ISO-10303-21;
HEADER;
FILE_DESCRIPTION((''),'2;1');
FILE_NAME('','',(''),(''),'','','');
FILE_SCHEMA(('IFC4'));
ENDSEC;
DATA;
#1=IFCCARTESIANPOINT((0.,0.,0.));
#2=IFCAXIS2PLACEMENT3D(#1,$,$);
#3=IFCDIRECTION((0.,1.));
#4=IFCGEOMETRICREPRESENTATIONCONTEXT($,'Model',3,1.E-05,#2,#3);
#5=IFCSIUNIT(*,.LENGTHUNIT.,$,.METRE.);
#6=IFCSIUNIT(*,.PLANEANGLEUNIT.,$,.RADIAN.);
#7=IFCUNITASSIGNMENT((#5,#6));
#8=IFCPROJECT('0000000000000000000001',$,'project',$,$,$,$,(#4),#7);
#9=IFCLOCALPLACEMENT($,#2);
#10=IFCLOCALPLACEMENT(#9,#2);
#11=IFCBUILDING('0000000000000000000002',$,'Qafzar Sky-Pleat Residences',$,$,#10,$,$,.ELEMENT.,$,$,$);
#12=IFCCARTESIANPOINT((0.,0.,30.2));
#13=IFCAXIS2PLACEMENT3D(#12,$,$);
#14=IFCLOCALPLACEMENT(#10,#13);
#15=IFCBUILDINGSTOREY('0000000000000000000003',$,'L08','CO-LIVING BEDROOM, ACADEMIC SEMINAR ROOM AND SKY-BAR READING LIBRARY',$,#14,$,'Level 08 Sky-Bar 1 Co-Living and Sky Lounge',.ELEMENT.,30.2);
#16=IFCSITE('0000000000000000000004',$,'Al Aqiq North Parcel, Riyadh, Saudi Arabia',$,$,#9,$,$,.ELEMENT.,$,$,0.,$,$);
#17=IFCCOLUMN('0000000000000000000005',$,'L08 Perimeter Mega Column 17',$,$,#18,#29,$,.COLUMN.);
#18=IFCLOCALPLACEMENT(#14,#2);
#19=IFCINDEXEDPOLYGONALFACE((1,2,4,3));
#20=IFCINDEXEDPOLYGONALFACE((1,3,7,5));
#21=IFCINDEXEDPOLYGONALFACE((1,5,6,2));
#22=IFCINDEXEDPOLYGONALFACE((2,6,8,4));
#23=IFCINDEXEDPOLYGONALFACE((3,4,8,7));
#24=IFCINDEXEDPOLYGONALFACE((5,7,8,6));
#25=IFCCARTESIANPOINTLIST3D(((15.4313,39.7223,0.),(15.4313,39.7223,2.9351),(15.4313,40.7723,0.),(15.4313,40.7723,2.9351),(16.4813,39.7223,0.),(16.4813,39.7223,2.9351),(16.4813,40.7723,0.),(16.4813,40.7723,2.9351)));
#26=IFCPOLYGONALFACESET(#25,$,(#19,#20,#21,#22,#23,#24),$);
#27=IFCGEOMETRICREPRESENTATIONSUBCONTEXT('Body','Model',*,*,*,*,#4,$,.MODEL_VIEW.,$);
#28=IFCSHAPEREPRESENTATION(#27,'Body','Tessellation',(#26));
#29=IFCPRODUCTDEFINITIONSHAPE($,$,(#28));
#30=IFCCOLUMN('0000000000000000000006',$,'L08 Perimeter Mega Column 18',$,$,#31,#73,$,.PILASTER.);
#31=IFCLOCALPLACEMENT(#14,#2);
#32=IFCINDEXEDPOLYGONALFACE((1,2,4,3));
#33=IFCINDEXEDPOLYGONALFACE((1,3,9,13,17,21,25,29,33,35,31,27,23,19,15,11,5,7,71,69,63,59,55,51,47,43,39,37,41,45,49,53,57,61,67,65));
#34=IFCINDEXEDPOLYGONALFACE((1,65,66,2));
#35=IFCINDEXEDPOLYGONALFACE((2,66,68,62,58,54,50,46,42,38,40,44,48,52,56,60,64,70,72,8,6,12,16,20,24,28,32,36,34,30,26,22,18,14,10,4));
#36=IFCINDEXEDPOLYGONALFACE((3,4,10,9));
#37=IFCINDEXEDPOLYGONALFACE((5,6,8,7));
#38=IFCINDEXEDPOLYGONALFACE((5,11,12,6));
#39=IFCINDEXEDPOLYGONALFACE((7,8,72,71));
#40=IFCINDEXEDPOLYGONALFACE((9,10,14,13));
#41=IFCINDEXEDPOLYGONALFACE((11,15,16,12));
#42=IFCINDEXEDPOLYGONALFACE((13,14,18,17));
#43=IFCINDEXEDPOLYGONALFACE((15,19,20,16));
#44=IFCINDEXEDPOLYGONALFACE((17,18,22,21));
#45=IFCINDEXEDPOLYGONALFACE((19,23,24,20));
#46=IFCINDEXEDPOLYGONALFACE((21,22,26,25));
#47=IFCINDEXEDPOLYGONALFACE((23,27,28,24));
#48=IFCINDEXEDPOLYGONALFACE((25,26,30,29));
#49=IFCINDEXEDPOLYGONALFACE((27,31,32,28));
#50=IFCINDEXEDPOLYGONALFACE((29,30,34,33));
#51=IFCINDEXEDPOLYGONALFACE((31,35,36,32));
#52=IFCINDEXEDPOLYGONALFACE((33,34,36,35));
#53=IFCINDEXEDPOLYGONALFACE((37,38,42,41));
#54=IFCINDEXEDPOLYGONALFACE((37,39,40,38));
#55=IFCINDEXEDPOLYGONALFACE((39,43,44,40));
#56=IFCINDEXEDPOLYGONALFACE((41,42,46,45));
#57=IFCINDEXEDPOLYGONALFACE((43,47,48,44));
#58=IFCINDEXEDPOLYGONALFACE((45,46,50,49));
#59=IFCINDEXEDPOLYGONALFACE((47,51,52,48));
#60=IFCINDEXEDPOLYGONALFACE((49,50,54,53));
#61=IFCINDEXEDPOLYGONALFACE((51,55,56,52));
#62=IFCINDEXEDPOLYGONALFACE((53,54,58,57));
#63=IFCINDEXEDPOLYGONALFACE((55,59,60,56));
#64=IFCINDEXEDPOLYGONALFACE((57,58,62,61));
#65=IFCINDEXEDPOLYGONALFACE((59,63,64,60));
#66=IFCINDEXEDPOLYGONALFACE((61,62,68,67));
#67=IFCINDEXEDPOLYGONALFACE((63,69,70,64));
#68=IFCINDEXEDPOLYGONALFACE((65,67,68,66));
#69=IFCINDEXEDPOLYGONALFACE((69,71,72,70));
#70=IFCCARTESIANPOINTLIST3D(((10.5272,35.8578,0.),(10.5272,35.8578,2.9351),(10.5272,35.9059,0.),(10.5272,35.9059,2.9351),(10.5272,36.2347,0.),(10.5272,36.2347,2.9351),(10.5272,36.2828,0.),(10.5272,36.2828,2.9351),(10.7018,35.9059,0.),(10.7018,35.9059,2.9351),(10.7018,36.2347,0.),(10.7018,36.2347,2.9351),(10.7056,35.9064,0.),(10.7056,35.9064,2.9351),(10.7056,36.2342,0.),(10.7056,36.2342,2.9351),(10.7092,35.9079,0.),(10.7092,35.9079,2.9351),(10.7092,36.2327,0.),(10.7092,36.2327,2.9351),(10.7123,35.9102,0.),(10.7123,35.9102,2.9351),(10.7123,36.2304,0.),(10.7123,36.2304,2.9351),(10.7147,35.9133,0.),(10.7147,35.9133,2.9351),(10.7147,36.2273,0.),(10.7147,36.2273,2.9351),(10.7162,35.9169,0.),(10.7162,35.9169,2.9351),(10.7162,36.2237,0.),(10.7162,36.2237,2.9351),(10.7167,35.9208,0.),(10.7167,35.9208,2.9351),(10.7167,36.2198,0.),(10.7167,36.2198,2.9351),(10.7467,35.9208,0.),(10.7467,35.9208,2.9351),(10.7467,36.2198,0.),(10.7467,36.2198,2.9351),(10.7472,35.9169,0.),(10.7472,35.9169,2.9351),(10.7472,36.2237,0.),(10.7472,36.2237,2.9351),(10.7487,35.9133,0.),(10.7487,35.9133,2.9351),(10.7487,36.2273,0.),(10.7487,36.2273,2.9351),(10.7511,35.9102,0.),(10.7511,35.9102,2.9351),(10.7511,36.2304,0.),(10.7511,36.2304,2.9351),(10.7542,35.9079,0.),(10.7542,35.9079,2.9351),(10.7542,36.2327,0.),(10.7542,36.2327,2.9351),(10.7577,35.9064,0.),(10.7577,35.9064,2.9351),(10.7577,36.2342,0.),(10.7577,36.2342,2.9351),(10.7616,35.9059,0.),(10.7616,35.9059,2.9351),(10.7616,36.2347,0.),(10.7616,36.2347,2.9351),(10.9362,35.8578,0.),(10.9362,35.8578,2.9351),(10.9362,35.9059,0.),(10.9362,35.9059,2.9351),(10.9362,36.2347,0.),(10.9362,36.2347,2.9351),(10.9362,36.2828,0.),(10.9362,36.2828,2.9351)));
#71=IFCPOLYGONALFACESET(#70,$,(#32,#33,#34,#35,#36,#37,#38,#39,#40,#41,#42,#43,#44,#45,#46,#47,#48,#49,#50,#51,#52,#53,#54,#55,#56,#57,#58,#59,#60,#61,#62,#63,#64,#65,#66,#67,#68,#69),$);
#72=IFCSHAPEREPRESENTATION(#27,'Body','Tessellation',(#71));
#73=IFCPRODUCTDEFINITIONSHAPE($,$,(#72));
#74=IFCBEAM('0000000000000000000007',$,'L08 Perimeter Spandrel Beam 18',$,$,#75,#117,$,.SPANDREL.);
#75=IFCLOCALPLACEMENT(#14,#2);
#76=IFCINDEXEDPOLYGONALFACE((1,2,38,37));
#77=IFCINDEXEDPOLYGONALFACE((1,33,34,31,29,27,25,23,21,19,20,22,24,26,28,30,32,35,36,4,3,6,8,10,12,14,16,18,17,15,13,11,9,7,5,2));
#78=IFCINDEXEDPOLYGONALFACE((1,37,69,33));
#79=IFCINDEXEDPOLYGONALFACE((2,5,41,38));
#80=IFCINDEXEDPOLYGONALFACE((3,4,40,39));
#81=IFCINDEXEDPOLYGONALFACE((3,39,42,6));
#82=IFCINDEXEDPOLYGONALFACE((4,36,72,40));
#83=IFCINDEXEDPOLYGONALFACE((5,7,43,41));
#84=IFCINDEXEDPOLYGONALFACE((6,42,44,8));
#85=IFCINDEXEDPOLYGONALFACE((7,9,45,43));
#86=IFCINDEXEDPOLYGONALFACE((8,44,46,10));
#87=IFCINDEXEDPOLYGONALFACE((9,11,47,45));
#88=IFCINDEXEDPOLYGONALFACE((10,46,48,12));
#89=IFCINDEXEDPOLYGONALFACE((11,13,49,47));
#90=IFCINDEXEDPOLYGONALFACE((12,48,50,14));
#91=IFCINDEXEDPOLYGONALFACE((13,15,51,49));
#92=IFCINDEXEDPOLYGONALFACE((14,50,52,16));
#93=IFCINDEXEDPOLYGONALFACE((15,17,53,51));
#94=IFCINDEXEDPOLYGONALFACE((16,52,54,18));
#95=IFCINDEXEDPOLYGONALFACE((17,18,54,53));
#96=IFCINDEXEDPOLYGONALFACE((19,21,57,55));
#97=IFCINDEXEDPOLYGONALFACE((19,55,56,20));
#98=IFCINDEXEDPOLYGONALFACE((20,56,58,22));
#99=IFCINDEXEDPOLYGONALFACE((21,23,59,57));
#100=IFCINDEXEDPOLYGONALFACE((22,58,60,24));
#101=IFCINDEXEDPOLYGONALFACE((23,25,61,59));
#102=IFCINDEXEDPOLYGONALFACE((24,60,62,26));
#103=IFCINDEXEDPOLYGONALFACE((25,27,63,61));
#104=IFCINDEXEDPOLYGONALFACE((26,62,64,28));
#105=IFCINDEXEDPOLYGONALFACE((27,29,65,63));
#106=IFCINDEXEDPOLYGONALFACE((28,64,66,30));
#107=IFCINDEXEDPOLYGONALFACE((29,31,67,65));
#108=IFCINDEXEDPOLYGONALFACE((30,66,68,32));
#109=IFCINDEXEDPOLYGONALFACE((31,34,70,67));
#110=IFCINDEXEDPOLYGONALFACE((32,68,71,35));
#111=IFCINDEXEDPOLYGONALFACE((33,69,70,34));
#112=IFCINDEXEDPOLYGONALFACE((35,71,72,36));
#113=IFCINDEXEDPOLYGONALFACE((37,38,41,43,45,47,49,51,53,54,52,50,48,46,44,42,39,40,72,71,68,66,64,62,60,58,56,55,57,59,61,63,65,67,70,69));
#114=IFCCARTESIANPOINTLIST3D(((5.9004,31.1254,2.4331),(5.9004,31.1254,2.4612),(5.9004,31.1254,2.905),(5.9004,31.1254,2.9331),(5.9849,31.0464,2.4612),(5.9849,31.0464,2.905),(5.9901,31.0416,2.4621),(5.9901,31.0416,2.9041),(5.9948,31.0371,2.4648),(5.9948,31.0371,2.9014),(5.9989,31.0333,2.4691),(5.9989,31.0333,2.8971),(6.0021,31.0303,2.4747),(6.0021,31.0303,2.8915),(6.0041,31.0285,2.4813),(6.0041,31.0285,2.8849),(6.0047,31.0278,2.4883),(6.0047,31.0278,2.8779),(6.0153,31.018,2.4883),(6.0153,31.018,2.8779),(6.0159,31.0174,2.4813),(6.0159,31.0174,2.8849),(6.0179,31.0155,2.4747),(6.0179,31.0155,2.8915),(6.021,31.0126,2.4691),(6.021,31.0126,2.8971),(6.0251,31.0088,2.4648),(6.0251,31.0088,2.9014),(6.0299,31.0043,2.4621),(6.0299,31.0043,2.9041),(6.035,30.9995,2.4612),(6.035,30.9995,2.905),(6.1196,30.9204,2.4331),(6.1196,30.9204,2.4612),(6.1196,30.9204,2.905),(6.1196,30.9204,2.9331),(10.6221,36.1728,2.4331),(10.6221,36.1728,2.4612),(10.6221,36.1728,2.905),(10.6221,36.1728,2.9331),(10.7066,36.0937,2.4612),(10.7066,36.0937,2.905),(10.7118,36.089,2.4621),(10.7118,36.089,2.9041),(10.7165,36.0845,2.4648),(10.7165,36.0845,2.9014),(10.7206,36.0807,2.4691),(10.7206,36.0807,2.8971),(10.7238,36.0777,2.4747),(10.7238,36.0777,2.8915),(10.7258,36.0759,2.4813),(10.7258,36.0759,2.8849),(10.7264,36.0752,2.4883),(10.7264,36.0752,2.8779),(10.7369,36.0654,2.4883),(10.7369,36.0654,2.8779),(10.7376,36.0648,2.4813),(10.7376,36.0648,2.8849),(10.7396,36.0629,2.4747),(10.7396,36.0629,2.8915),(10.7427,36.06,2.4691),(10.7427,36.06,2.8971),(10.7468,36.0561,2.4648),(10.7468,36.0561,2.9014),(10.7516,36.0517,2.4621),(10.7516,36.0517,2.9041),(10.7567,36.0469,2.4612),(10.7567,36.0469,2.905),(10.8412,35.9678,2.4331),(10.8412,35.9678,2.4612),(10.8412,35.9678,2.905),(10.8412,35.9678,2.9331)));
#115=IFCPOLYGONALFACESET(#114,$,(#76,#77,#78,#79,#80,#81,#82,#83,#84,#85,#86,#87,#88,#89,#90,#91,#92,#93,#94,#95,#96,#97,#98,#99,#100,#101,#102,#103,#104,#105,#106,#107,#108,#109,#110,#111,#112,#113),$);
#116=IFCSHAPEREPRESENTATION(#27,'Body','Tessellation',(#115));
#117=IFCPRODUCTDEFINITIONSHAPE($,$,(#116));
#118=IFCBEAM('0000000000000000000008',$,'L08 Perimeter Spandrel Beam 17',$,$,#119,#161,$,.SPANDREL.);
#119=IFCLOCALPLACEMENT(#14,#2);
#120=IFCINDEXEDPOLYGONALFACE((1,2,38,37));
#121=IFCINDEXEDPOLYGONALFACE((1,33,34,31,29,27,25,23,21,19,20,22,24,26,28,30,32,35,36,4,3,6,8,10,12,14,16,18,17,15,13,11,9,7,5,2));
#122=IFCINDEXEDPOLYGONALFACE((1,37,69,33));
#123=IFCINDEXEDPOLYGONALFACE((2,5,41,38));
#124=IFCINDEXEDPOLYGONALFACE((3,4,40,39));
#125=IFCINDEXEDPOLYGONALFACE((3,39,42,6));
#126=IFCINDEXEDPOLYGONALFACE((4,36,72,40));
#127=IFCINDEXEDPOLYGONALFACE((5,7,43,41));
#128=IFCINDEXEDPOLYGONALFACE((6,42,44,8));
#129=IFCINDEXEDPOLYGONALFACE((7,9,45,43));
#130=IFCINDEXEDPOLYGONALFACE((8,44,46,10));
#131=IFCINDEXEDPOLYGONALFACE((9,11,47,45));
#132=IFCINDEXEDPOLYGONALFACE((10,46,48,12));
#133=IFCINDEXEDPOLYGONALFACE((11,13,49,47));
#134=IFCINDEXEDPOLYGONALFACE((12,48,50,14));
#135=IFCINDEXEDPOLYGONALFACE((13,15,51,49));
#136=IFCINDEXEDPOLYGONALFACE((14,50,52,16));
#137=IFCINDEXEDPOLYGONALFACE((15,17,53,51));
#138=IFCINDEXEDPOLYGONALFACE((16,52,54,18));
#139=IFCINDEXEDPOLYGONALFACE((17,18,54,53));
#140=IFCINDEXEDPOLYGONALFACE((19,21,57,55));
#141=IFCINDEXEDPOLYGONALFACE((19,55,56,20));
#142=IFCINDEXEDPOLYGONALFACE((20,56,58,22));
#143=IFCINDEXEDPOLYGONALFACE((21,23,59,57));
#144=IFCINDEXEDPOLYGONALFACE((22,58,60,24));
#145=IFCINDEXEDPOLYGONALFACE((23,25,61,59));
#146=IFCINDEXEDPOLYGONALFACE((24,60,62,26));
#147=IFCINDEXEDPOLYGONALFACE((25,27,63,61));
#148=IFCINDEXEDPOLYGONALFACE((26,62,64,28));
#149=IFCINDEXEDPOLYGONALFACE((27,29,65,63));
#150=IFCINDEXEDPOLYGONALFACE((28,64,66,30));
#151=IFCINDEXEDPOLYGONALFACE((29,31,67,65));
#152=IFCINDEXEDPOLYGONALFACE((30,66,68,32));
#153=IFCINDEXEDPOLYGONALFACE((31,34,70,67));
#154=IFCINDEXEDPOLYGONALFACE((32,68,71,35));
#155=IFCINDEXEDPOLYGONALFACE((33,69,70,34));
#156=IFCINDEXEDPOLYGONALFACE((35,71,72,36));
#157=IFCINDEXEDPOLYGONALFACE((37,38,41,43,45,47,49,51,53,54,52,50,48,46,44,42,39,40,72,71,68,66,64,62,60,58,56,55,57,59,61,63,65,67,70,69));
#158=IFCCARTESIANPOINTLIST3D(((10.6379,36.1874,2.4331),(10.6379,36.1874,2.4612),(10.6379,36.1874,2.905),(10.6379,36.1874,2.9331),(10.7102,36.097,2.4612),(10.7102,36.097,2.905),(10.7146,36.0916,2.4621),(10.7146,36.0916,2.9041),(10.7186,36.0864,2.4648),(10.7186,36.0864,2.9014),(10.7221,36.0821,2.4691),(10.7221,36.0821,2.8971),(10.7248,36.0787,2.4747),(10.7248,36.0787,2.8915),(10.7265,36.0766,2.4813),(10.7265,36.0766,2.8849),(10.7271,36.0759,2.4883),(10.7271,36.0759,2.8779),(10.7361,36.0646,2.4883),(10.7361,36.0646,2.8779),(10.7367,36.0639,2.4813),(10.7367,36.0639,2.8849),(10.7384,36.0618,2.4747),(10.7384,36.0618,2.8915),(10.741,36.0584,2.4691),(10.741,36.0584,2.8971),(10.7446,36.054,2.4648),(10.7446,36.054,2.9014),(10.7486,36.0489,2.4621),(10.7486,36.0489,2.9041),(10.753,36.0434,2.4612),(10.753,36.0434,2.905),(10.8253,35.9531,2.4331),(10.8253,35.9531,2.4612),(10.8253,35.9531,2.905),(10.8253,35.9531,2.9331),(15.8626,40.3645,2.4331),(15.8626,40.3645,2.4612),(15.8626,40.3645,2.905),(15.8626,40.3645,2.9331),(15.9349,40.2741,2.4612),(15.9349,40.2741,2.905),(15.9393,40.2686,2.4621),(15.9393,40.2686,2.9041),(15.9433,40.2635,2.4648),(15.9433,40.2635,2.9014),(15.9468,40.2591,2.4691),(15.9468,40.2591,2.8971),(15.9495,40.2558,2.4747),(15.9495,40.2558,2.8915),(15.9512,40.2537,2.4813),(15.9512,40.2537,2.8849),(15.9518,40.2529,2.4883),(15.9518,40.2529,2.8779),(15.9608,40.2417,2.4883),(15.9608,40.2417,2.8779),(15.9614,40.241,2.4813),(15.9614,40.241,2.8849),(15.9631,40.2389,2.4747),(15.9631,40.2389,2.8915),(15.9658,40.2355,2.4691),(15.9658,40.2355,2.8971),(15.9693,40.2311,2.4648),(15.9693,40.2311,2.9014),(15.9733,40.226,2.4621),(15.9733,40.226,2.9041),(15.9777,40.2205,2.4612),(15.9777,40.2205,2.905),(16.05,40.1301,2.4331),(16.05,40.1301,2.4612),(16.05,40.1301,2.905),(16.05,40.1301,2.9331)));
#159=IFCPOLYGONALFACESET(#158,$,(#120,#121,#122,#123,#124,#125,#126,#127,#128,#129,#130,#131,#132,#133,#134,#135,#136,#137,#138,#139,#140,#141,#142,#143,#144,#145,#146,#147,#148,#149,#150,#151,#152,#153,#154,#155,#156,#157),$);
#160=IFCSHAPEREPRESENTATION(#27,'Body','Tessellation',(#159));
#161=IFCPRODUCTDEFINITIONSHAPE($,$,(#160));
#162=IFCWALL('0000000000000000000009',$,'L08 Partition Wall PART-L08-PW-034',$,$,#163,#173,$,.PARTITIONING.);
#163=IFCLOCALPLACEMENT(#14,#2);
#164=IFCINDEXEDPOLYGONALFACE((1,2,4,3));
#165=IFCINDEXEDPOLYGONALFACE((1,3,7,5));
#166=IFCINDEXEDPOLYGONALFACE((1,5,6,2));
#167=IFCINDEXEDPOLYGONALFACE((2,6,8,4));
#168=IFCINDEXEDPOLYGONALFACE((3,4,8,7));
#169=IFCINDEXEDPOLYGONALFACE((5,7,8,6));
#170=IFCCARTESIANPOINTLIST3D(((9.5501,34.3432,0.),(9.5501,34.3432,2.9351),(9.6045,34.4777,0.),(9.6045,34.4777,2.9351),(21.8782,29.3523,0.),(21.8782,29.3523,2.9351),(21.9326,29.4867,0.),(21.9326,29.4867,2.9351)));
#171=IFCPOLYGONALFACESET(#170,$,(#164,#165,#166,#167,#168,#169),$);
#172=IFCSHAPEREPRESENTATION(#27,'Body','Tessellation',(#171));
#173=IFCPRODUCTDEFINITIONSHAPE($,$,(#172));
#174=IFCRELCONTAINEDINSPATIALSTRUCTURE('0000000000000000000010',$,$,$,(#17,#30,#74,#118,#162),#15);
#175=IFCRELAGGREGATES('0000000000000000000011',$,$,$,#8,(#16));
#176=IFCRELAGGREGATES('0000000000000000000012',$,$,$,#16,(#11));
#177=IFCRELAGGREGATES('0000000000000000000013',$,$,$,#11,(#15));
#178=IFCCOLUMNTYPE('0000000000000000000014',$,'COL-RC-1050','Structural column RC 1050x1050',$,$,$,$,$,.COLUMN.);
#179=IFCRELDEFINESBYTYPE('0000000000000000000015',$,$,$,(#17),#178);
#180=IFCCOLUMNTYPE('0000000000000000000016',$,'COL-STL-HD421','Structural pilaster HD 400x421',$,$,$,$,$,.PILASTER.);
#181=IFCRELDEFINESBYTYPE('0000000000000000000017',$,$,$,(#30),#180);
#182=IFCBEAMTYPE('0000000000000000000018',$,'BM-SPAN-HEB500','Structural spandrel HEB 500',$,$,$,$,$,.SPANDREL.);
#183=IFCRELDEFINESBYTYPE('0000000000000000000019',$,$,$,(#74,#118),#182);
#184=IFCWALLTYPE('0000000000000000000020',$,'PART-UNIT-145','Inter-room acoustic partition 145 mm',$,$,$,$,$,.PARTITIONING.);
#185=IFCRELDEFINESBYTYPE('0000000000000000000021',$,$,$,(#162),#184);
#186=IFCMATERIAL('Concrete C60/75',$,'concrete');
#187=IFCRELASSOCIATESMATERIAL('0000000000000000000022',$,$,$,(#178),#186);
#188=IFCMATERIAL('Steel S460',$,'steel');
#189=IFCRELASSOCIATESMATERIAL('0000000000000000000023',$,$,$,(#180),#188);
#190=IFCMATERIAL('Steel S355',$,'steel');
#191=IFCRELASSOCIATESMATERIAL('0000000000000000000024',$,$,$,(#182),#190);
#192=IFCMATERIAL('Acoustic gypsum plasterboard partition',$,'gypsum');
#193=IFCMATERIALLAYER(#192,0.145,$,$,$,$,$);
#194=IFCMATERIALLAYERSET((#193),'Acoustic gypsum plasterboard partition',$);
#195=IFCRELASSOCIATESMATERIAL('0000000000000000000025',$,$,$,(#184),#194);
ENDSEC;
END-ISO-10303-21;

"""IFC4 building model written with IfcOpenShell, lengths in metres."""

from ifc_helpers import new_model, si_unit, direction, frame, frame_2d, origin, origin_2d, place, context, subcontext, project, spatial, rectangle, i_section, extrude, source, transform, mapped, material, layer, layer_set, material_profile, profile_set, type_object, element, save


model = new_model("IFC4")

# Units and contexts
model_context = context("Model", 3, precision=1e-05, world=origin(), true_north=direction((0.0, 1.0)))
body_context = subcontext(model_context, "Body", "Model", "MODEL_VIEW")
ifc_project = project(units=[si_unit("LENGTHUNIT", "METRE"), si_unit("PLANEANGLEUNIT", "RADIAN")], contexts=[model_context])

# Site, building, storey
site_placement = place(None, origin())
site = spatial("IfcSite", under=ifc_project, at=site_placement, Name="Al Aqiq North Parcel, Riyadh, Saudi Arabia", CompositionType="ELEMENT", RefElevation=0.0)
building_placement = place(site_placement, origin())
building = spatial("IfcBuilding", under=site, at=building_placement, Name="Qafzar Sky-Pleat Residences", CompositionType="ELEMENT")
storey_placement = place(building_placement, frame((0.0, 0.0, 30.2)))
storey = spatial("IfcBuildingStorey", under=building, at=storey_placement, Name="L08", Description="CO-LIVING BEDROOM, ACADEMIC SEMINAR ROOM AND SKY-BAR READING LIBRARY", LongName="Level 08 Sky-Bar 1 Co-Living and Sky Lounge", CompositionType="ELEMENT", Elevation=30.2)

# Columns
ifc_material_1 = material(Name="Concrete C60/75", Category="concrete")
ifc_material_profile_1 = material_profile(ifc_material_1, rectangle(XDim=1.05, YDim=1.05, at=origin_2d()), Name="RC 1050x1050")
ifc_profile_set_1 = profile_set([ifc_material_profile_1], Name="Concrete C60/75")
column_type_1 = type_object("IfcColumnType", Name="COL-RC-1050", Description="Structural column RC 1050x1050", PredefinedType="COLUMN", material=ifc_profile_set_1)
shared_shape_1 = source(origin(), body_context, "Body", "SweptSolid", [
    extrude(rectangle(XDim=1.05, YDim=1.05, at=origin_2d()), origin(), (0.0, 0.0, 1.0), 2.9351),
])
column_1_placement = place(storey_placement, frame((15.9563, 40.2473, 0.0), z_axis=(0.0, 0.0, 1.0), x_axis=(1.0, 0.0, 0.0)))
element("IfcColumn", 1, at=column_1_placement, inside=storey, type_object=column_type_1, Name="L08 Perimeter Mega Column 17", PredefinedType="COLUMN", context=body_context, shape_type="MappedRepresentation", body=[
    mapped(shared_shape_1, transform((0.0, 0.0, 0.0), x_axis=(1.0, 0.0, 0.0), y_axis=(0.0, 1.0, 0.0), z_axis=(0.0, 0.0, 1.0), scale=1.0)),
])
ifc_material_2 = material(Name="Steel S460", Category="steel")
ifc_material_profile_2 = material_profile(ifc_material_2, i_section(OverallWidth=0.4089, OverallDepth=0.425, WebThickness=0.03, FlangeThickness=0.0481, FilletRadius=0.0149, at=origin_2d()), Name="HD 400x421")
ifc_profile_set_2 = profile_set([ifc_material_profile_2], Name="Steel S460")
column_type_2 = type_object("IfcColumnType", Name="COL-STL-HD421", Description="Structural pilaster HD 400x421", PredefinedType="PILASTER", material=ifc_profile_set_2)
shared_shape_2 = source(origin(), body_context, "Body", "SweptSolid", [
    extrude(i_section(OverallWidth=0.4089, OverallDepth=0.425, WebThickness=0.03, FlangeThickness=0.0481, FilletRadius=0.0149, at=origin_2d()), origin(), (0.0, 0.0, 1.0), 2.9351),
])
column_2_placement = place(storey_placement, frame((10.7317, 36.0703, 0.0), z_axis=(0.0, 0.0, 1.0), x_axis=(1.0, 0.0, 0.0)))
element("IfcColumn", 2, at=column_2_placement, inside=storey, type_object=column_type_2, Name="L08 Perimeter Mega Column 18", PredefinedType="PILASTER", context=body_context, shape_type="MappedRepresentation", body=[
    mapped(shared_shape_2, transform((0.0, 0.0, 0.0), x_axis=(1.0, 0.0, 0.0), y_axis=(0.0, 1.0, 0.0), z_axis=(0.0, 0.0, 1.0), scale=1.0)),
])

# Beams
ifc_material_3 = material(Name="Steel S355", Category="steel")
ifc_material_profile_3 = material_profile(ifc_material_3, i_section(OverallWidth=0.3, OverallDepth=0.5, WebThickness=0.0144, FlangeThickness=0.0281, FilletRadius=0.0271, at=origin_2d()), Name="HEB 500")
ifc_profile_set_3 = profile_set([ifc_material_profile_3], Name="Steel S355")
beam_type = type_object("IfcBeamType", Name="BM-SPAN-HEB500", Description="Structural spandrel HEB 500", PredefinedType="SPANDREL", material=ifc_profile_set_3)
shared_shape_3 = source(origin(), body_context, "Body", "SweptSolid", [
    extrude(i_section(OverallWidth=0.3, OverallDepth=0.5, WebThickness=0.0144, FlangeThickness=0.0281, FilletRadius=0.0271, at=origin_2d()), origin(), (0.0, 0.0, 1.0), 6.9116),
])
beam_1_placement = place(storey_placement, frame((10.7317, 36.0703, 2.6831), z_axis=(-0.683153, -0.730275, 0.0), x_axis=(0.730275, -0.683153, 0.0)))
element("IfcBeam", 3, at=beam_1_placement, inside=storey, type_object=beam_type, Name="L08 Perimeter Spandrel Beam 18", PredefinedType="SPANDREL", context=body_context, shape_type="MappedRepresentation", body=[
    mapped(shared_shape_3, transform((0.0, 0.0, 0.0), x_axis=(1.0, 0.0, 0.0), y_axis=(0.0, 1.0, 0.0), z_axis=(0.0, 0.0, 1.0), scale=1.0)),
])
shared_shape_4 = source(origin(), body_context, "Body", "SweptSolid", [
    extrude(i_section(OverallWidth=0.3, OverallDepth=0.5, WebThickness=0.0144, FlangeThickness=0.0281, FilletRadius=0.0271, at=origin_2d()), origin(), (0.0, 0.0, 1.0), 6.6892),
])
beam_2_placement = place(storey_placement, frame((15.9563, 40.2473, 2.6831), z_axis=(-0.781065, -0.62445, 0.0), x_axis=(0.62445, -0.781065, 0.0)))
element("IfcBeam", 4, at=beam_2_placement, inside=storey, type_object=beam_type, Name="L08 Perimeter Spandrel Beam 17", PredefinedType="SPANDREL", context=body_context, shape_type="MappedRepresentation", body=[
    mapped(shared_shape_4, transform((0.0, 0.0, 0.0), x_axis=(1.0, 0.0, 0.0), y_axis=(0.0, 1.0, 0.0), z_axis=(0.0, 0.0, 1.0), scale=1.0)),
])

# Wall
ifc_material_4 = material(Name="Acoustic gypsum plasterboard partition", Category="gypsum")
ifc_layer_1 = layer(ifc_material_4, 0.145)
ifc_layer_set_1 = layer_set([ifc_layer_1], Name="Acoustic gypsum plasterboard partition")
wall_type_1 = type_object("IfcWallType", Name="PART-UNIT-145", Description="Inter-room acoustic partition 145 mm", PredefinedType="PARTITIONING", material=ifc_layer_set_1)
wall_1_placement = place(storey_placement, frame((9.5774, 34.4104, 0.0), z_axis=(0.0, 0.0, 1.0), x_axis=(0.92692, -0.375258, 0.0)))
element("IfcWall", 5, at=wall_1_placement, inside=storey, type_object=wall_type_1, Name="L08 Partition Wall PART-L08-PW-034", PredefinedType="PARTITIONING", context=body_context, shape_type="SweptSolid", body=[
    extrude(rectangle(XDim=13.3, YDim=0.145, at=frame_2d((6.6499, 0.0))), origin(), (0.0, 0.0, 1.0), 2.9351),
])

save(model, "model.ifc")
